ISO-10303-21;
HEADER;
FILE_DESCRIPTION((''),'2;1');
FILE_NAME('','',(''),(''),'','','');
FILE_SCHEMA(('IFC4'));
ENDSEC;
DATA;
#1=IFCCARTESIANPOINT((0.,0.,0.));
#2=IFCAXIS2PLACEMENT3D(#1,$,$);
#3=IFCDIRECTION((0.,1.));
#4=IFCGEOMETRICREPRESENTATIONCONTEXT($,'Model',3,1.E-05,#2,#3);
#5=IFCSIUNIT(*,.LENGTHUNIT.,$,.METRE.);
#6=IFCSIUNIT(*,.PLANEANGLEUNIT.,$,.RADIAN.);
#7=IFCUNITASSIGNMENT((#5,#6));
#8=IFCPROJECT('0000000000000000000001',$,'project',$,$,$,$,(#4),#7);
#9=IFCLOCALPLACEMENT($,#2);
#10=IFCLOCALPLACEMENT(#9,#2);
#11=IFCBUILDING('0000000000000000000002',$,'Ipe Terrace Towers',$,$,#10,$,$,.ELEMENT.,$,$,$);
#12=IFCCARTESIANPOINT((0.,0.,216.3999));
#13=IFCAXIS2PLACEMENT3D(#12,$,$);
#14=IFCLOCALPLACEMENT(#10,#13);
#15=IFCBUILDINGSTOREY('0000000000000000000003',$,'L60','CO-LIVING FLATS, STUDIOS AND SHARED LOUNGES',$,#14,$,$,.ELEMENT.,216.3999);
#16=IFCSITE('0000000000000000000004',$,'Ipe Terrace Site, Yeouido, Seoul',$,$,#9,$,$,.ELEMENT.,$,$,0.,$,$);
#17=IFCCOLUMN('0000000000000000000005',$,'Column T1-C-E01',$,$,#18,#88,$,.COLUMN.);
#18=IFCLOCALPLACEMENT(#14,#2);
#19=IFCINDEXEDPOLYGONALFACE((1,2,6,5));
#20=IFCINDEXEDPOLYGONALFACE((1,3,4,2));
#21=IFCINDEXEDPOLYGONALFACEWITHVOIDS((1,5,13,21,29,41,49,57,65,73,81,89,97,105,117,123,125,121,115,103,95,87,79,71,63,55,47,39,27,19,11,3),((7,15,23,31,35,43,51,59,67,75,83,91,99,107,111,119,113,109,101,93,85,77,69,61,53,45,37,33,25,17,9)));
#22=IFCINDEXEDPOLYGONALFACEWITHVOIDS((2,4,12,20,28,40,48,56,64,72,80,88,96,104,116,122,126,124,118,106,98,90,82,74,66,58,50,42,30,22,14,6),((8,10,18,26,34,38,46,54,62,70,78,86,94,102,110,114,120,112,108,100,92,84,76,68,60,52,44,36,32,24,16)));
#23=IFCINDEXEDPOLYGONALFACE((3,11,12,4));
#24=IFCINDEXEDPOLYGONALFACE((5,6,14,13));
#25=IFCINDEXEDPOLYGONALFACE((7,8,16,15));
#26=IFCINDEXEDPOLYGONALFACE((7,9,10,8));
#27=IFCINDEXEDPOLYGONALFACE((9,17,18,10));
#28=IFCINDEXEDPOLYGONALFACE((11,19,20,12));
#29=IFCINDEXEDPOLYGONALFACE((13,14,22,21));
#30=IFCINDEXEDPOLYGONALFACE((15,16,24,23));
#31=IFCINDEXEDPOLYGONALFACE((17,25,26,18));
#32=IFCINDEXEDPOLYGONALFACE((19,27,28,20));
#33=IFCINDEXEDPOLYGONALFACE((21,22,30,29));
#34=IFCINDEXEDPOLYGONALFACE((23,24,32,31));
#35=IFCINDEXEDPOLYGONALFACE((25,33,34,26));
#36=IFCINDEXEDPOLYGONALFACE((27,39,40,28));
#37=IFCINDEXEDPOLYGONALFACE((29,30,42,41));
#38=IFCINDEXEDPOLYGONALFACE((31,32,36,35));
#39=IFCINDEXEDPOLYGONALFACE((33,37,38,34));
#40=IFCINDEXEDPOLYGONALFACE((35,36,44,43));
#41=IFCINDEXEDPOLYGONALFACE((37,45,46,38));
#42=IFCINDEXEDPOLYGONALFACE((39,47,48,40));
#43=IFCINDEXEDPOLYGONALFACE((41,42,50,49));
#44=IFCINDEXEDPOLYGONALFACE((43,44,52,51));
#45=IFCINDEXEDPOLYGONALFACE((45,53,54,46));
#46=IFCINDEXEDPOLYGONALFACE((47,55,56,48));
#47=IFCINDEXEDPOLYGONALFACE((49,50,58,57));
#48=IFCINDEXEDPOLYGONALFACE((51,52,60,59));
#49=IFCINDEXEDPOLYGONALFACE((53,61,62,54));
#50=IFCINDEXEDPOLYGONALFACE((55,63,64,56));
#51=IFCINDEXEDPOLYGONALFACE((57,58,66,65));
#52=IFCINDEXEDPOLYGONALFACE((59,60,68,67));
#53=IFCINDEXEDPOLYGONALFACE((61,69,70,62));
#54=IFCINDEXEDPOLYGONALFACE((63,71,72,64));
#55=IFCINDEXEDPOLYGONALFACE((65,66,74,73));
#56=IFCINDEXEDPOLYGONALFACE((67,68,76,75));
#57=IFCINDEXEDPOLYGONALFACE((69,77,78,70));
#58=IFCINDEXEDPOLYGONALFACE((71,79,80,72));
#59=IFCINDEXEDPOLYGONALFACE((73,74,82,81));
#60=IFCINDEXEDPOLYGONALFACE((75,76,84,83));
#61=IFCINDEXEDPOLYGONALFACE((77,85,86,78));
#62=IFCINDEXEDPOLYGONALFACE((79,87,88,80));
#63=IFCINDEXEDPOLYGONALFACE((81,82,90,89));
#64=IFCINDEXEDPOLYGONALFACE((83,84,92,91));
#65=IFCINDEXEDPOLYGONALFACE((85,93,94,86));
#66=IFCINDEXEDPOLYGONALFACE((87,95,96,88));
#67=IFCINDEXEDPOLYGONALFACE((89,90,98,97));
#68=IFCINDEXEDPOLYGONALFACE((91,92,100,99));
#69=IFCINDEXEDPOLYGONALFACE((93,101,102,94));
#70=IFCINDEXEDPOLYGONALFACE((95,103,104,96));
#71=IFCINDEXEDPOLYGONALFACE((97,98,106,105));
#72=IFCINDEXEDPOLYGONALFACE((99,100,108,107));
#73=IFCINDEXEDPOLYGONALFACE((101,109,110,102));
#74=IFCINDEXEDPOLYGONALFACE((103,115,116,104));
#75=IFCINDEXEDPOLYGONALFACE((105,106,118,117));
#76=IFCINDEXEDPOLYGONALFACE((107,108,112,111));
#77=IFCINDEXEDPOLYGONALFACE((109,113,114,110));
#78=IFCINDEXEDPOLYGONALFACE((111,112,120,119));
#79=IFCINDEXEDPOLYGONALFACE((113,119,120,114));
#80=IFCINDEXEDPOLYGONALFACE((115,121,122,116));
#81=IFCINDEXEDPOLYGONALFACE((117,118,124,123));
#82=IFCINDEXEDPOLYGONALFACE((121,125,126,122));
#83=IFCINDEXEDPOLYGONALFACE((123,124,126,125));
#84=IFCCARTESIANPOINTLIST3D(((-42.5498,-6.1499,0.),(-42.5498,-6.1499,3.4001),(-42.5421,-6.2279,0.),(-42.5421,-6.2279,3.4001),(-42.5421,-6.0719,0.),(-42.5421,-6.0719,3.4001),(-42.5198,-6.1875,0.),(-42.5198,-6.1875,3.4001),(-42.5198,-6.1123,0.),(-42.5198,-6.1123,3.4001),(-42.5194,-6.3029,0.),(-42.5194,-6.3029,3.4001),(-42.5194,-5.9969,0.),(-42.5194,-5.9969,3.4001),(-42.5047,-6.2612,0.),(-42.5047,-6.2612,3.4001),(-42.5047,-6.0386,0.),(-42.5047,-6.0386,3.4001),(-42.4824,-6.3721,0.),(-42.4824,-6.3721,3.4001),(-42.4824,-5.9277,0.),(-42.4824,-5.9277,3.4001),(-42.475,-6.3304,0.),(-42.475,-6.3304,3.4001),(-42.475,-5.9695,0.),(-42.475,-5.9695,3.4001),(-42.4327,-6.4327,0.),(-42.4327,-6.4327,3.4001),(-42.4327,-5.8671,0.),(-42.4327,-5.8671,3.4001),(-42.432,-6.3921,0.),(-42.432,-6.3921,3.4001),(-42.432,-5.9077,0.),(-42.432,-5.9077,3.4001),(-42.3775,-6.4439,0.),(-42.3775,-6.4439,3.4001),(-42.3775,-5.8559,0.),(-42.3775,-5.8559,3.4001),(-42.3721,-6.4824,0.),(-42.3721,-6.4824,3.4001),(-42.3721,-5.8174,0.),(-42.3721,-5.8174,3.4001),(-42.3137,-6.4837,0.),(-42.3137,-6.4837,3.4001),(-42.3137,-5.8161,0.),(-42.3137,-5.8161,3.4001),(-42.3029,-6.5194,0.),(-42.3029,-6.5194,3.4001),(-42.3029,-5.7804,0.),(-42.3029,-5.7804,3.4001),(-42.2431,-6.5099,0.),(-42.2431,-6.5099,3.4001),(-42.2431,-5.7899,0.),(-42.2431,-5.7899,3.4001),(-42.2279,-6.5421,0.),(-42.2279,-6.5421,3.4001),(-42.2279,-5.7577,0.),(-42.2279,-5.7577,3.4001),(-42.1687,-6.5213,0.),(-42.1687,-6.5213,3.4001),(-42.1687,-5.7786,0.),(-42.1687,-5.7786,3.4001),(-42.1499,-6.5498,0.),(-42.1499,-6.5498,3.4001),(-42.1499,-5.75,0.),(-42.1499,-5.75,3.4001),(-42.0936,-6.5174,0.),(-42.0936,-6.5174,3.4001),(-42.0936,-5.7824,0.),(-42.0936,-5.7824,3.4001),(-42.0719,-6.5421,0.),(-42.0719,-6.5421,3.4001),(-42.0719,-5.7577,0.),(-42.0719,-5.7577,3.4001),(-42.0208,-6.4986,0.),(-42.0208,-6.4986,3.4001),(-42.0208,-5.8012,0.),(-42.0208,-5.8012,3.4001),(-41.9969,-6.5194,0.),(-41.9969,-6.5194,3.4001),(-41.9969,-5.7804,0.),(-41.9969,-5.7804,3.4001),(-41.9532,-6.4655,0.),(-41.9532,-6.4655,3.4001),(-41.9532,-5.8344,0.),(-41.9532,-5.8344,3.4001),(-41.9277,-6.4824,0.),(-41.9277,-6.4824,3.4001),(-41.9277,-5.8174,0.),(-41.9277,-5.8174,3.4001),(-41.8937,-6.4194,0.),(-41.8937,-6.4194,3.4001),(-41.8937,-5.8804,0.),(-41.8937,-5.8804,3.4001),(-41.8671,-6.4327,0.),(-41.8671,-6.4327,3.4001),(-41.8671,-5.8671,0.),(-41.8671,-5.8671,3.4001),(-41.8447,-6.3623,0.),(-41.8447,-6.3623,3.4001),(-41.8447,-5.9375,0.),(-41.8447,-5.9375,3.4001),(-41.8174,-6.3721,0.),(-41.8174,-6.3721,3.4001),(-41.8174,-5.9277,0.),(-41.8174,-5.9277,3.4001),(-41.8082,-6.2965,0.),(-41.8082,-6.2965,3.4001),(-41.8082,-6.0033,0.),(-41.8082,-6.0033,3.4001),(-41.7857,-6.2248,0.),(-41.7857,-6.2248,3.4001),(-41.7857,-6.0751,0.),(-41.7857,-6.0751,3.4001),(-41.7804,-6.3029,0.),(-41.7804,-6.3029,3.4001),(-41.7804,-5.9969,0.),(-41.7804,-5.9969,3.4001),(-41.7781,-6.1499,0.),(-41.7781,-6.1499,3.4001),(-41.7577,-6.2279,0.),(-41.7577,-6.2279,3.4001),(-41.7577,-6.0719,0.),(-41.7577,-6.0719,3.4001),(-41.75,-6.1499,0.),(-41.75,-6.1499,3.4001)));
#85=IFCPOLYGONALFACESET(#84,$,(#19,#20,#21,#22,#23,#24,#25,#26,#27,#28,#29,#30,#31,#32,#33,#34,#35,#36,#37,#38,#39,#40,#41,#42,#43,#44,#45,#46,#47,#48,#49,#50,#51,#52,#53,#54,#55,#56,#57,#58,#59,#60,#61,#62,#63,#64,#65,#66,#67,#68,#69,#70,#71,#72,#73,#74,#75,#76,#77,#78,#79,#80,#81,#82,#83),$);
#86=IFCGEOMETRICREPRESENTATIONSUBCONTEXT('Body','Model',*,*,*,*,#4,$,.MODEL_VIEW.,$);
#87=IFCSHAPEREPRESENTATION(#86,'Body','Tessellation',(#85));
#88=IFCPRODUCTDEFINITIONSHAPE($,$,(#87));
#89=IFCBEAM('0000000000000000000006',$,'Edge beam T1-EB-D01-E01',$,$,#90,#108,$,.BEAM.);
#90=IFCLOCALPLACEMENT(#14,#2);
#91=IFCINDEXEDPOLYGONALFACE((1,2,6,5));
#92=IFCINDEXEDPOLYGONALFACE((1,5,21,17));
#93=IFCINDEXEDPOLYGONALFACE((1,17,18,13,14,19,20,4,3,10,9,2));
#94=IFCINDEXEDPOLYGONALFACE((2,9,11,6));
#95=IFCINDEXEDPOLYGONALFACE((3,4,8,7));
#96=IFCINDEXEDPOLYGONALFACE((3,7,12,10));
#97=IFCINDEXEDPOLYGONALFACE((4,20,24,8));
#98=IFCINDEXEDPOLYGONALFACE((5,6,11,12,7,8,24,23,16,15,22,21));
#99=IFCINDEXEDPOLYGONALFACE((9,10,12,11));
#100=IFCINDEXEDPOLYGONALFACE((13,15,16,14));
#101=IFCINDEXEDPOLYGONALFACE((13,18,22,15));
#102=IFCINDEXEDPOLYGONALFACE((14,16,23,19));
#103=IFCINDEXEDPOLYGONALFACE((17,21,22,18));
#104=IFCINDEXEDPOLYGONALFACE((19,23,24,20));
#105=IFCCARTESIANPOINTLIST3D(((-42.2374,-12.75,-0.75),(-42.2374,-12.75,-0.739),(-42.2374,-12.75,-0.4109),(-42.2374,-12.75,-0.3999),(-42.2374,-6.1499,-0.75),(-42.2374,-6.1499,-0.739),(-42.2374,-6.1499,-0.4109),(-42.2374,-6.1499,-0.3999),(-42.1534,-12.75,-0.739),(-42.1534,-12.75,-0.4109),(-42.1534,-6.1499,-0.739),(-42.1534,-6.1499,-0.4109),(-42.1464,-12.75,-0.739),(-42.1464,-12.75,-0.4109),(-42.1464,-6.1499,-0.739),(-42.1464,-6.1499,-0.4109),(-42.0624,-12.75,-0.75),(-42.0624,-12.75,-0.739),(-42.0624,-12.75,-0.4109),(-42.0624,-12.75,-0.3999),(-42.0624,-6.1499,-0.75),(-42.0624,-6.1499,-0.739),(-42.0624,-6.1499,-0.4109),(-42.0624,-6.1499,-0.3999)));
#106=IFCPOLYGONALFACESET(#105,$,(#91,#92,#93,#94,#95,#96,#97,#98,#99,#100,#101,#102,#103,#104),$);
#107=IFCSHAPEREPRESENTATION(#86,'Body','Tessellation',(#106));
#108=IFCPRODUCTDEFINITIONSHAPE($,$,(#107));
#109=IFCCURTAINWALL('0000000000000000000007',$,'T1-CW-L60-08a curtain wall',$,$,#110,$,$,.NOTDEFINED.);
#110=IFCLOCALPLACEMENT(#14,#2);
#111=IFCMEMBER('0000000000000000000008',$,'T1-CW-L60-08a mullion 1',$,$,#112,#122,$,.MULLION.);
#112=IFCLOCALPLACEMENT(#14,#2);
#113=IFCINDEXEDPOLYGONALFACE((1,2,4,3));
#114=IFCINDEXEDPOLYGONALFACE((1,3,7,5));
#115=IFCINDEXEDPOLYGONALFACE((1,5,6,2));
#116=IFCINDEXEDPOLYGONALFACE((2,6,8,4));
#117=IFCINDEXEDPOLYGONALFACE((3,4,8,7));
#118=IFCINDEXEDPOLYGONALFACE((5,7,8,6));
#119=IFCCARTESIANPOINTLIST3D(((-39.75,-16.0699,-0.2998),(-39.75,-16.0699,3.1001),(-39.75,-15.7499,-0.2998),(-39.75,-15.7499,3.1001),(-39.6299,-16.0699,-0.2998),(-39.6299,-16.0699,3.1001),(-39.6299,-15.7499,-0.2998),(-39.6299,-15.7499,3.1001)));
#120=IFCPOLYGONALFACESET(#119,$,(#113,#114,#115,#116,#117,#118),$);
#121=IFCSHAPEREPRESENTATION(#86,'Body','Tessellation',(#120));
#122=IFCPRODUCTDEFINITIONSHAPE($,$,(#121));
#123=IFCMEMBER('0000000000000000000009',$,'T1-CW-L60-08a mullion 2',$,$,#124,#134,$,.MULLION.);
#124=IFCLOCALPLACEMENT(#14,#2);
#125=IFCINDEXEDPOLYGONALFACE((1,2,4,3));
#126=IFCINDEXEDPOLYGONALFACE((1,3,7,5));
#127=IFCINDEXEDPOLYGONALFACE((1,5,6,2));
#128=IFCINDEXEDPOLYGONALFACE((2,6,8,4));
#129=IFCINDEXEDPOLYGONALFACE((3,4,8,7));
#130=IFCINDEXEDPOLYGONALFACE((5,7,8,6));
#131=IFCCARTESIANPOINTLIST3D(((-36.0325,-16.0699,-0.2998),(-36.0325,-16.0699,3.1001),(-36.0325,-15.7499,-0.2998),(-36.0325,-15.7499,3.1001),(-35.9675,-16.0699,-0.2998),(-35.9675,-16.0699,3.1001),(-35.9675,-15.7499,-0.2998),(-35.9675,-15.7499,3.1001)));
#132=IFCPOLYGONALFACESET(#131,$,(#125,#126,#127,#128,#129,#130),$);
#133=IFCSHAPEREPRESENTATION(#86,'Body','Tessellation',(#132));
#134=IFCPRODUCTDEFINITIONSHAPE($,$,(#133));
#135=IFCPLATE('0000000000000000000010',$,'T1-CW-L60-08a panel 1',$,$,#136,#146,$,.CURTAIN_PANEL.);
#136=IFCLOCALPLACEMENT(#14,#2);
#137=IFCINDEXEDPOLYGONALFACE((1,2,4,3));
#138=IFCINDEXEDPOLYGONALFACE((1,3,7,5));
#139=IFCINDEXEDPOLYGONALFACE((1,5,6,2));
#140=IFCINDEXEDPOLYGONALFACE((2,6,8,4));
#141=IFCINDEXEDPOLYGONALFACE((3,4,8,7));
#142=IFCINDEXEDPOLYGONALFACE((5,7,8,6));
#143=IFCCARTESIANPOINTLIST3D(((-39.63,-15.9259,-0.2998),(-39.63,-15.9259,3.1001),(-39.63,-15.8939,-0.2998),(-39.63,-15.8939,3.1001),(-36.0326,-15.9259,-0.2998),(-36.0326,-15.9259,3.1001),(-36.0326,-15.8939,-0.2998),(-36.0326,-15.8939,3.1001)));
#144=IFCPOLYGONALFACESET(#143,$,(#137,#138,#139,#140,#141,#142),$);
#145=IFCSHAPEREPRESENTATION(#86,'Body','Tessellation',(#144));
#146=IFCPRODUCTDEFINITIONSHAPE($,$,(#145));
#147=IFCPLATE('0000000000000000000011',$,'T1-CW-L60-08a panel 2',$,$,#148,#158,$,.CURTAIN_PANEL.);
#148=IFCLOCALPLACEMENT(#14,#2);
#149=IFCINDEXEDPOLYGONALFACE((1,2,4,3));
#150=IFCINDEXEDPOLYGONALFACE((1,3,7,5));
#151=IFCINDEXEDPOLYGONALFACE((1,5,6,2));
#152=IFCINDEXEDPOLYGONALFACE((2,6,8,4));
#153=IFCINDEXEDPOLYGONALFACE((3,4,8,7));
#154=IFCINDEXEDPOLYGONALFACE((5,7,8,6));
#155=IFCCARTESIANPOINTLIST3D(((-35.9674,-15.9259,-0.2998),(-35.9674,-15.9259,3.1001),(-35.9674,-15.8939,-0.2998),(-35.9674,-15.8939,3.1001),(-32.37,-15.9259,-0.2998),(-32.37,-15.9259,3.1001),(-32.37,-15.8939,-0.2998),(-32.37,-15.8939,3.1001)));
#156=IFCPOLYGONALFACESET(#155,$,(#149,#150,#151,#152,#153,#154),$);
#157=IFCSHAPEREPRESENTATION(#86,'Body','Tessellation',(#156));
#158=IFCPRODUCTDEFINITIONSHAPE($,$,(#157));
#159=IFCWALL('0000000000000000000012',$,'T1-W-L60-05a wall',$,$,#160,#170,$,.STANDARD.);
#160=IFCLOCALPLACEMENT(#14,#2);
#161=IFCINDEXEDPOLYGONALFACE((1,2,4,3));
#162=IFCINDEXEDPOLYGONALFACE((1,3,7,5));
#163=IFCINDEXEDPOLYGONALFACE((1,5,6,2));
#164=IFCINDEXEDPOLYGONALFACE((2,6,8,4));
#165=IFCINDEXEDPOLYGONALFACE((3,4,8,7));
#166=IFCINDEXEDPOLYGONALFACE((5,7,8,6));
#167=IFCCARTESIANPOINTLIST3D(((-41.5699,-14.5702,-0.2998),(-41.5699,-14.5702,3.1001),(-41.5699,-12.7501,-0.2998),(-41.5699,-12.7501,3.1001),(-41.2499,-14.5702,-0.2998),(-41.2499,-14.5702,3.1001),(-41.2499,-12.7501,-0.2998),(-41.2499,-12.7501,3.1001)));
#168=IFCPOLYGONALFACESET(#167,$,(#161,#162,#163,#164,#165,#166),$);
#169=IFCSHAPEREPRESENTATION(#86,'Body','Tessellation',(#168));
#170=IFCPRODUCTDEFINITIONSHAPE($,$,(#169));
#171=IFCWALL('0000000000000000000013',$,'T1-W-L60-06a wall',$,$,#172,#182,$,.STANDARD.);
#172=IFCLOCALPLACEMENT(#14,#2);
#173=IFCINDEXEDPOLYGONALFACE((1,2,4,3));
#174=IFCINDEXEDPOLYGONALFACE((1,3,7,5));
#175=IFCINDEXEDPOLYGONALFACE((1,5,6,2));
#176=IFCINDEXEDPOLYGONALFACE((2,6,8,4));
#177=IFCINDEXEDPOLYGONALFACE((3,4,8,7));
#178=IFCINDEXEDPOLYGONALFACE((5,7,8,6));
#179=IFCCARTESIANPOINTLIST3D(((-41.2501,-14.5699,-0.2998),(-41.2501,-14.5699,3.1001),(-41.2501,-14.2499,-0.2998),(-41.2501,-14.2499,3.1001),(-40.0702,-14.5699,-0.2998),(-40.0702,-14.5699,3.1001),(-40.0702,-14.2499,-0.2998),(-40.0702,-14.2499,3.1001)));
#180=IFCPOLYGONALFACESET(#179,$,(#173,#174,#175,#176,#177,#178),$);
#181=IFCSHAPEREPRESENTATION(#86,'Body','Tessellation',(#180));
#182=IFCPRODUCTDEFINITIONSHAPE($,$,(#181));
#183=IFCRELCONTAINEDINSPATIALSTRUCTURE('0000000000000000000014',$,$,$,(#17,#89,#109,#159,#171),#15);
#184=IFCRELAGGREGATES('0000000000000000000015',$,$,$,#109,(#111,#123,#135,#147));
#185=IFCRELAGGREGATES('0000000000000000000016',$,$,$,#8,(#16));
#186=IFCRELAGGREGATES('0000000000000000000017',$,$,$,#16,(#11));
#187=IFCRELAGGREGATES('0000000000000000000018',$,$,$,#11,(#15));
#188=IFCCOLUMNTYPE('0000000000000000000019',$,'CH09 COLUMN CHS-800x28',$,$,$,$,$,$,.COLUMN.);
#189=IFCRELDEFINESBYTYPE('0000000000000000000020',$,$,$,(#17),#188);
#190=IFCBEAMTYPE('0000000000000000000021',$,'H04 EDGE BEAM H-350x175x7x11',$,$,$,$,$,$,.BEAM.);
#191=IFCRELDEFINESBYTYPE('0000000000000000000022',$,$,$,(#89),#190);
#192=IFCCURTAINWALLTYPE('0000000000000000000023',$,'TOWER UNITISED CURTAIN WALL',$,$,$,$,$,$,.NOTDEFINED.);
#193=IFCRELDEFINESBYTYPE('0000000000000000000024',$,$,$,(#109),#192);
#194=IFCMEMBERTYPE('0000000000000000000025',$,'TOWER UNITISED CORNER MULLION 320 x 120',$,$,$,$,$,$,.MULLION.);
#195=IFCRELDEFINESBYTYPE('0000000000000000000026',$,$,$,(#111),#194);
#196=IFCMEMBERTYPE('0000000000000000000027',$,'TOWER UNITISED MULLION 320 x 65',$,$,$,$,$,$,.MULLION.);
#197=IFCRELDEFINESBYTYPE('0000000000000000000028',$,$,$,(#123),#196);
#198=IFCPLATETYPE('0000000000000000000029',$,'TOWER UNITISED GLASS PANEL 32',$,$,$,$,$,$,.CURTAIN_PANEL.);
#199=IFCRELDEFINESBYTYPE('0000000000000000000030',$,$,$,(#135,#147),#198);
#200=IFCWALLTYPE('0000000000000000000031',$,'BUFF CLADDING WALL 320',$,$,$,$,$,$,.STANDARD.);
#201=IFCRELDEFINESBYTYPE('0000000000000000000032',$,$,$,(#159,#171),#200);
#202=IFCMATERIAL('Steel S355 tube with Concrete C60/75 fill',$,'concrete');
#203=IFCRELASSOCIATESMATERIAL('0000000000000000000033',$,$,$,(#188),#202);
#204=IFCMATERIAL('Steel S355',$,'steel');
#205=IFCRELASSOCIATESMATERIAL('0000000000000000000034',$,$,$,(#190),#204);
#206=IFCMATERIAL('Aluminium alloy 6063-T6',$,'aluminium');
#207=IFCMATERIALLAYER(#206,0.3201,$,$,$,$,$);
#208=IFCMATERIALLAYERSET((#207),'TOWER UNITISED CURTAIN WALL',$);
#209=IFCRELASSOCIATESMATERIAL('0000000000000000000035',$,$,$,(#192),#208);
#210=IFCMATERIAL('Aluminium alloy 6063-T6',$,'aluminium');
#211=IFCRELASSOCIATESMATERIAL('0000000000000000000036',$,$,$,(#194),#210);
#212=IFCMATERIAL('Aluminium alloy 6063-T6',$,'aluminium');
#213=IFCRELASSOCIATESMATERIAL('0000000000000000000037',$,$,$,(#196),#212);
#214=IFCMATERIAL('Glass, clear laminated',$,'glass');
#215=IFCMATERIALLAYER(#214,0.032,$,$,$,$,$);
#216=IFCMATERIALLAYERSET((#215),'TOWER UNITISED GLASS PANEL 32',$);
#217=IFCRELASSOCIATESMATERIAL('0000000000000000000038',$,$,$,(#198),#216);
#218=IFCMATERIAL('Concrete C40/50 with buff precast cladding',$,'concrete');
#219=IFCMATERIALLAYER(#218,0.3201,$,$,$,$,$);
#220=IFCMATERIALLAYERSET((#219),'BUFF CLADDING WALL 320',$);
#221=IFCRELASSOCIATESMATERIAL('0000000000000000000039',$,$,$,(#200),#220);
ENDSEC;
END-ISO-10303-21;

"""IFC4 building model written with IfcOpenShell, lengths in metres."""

from ifc_helpers import new_model, si_unit, direction, frame, frame_2d, origin, origin_2d, place, context, subcontext, project, spatial, rectangle, hollow_circle, i_section, extrude, material, layer, layer_set, material_profile, profile_set, type_object, element, aggregate, save


model = new_model("IFC4")

# Units and contexts
model_context = context("Model", 3, precision=1e-05, world=origin(), true_north=direction((0.0, 1.0)))
body_context = subcontext(model_context, "Body", "Model", "MODEL_VIEW")
ifc_project = project(units=[si_unit("LENGTHUNIT", "METRE"), si_unit("PLANEANGLEUNIT", "RADIAN")], contexts=[model_context])

# Site, building, storey
site_placement = place(None, origin())
site = spatial("IfcSite", under=ifc_project, at=site_placement, Name="Ipe Terrace Site, Yeouido, Seoul", CompositionType="ELEMENT", RefElevation=0.0)
building_placement = place(site_placement, origin())
building = spatial("IfcBuilding", under=site, at=building_placement, Name="Ipe Terrace Towers", CompositionType="ELEMENT")
storey_placement = place(building_placement, frame((0.0, 0.0, 216.3999)))
storey = spatial("IfcBuildingStorey", under=building, at=storey_placement, Name="L60", Description="CO-LIVING FLATS, STUDIOS AND SHARED LOUNGES", CompositionType="ELEMENT", Elevation=216.3999)

# Column
ifc_material_1 = material(Name="Steel S355 tube with Concrete C60/75 fill", Category="concrete")
ifc_material_profile_1 = material_profile(ifc_material_1, hollow_circle(Radius=0.3999, WallThickness=0.0281, at=origin_2d()), Name="CHS-800x28")
ifc_profile_set_1 = profile_set([ifc_material_profile_1], Name="Steel S355 tube with Concrete C60/75 fill")
column_type = type_object("IfcColumnType", Name="CH09 COLUMN CHS-800x28", PredefinedType="COLUMN", material=ifc_profile_set_1)
column_placement = place(storey_placement, frame((-42.1499, -6.1499, 0.0), z_axis=(0.0, 0.0, 1.0), x_axis=(1.0, 0.0, 0.0)))
element("IfcColumn", 1, at=column_placement, inside=storey, type_object=column_type, Name="Column T1-C-E01", PredefinedType="COLUMN", context=body_context, shape_type="SweptSolid", body=[
    extrude(hollow_circle(Radius=0.3999, WallThickness=0.0281, at=origin_2d()), origin(), (0.0, 0.0, 1.0), 3.4001),
])

# Beam
ifc_material_2 = material(Name="Steel S355", Category="steel")
ifc_material_profile_2 = material_profile(ifc_material_2, i_section(OverallWidth=0.175, OverallDepth=0.3501, WebThickness=0.0071, FlangeThickness=0.011, at=origin_2d()), Name="H-350x175x7x11")
ifc_profile_set_2 = profile_set([ifc_material_profile_2], Name="Steel S355")
beam_type = type_object("IfcBeamType", Name="H04 EDGE BEAM H-350x175x7x11", PredefinedType="BEAM", material=ifc_profile_set_2)
beam_placement = place(storey_placement, frame((-42.1499, -12.75, -0.575), z_axis=(0.0, 1.0, 0.0), x_axis=(-1.0, 0.0, 0.0)))
element("IfcBeam", 2, at=beam_placement, inside=storey, type_object=beam_type, Name="Edge beam T1-EB-D01-E01", PredefinedType="BEAM", context=body_context, shape_type="SweptSolid", body=[
    extrude(i_section(OverallWidth=0.175, OverallDepth=0.3501, WebThickness=0.0071, FlangeThickness=0.011, at=origin_2d()), origin(), (0.0, 0.0, 1.0), 6.6001),
])

# Curtain wall, members, plates
ifc_material_3 = material(Name="Aluminium alloy 6063-T6", Category="aluminium")
ifc_layer_1 = layer(ifc_material_3, 0.3201)
ifc_layer_set_1 = layer_set([ifc_layer_1], Name="TOWER UNITISED CURTAIN WALL")
curtain_wall_type = type_object("IfcCurtainWallType", Name="TOWER UNITISED CURTAIN WALL", PredefinedType="NOTDEFINED", material=ifc_layer_set_1)
curtain_wall_placement = place(storey_placement, origin())
curtain_wall = element("IfcCurtainWall", 3, at=curtain_wall_placement, inside=storey, type_object=curtain_wall_type, Name="T1-CW-L60-08a curtain wall", PredefinedType="NOTDEFINED")
ifc_material_4 = material(Name="Aluminium alloy 6063-T6", Category="aluminium")
ifc_material_profile_3 = material_profile(ifc_material_4, rectangle(XDim=0.3201, YDim=0.1201, at=origin_2d()), Name="TOWER UNITISED CORNER MULLION 320 x 120")
ifc_profile_set_3 = profile_set([ifc_material_profile_3], Name="Aluminium alloy 6063-T6")
member_type_1 = type_object("IfcMemberType", Name="TOWER UNITISED CORNER MULLION 320 x 120", PredefinedType="MULLION", material=ifc_profile_set_3)
member_1_placement = place(storey_placement, frame((-39.6899, -15.9099, -0.2998), z_axis=(0.0, 0.0, 1.0), x_axis=(0.0, -1.0, 0.0)))
member_1 = element("IfcMember", 4, at=member_1_placement, type_object=member_type_1, Name="T1-CW-L60-08a mullion 1", PredefinedType="MULLION", context=body_context, shape_type="SweptSolid", body=[
    extrude(rectangle(XDim=0.3201, YDim=0.1201, at=origin_2d()), origin(), (0.0, 0.0, 1.0), 3.3999),
])
ifc_material_5 = material(Name="Aluminium alloy 6063-T6", Category="aluminium")
ifc_material_profile_4 = material_profile(ifc_material_5, rectangle(XDim=0.3201, YDim=0.0649, at=origin_2d()), Name="TOWER UNITISED MULLION 320 x 65")
ifc_profile_set_4 = profile_set([ifc_material_profile_4], Name="Aluminium alloy 6063-T6")
member_type_2 = type_object("IfcMemberType", Name="TOWER UNITISED MULLION 320 x 65", PredefinedType="MULLION", material=ifc_profile_set_4)
member_2_placement = place(storey_placement, frame((-36.0, -15.9099, -0.2998), z_axis=(0.0, 0.0, 1.0), x_axis=(0.0, -1.0, 0.0)))
member_2 = element("IfcMember", 5, at=member_2_placement, type_object=member_type_2, Name="T1-CW-L60-08a mullion 2", PredefinedType="MULLION", context=body_context, shape_type="SweptSolid", body=[
    extrude(rectangle(XDim=0.3201, YDim=0.0649, at=origin_2d()), origin(), (0.0, 0.0, 1.0), 3.3999),
])
ifc_material_6 = material(Name="Glass, clear laminated", Category="glass")
ifc_layer_2 = layer(ifc_material_6, 0.032)
ifc_layer_set_2 = layer_set([ifc_layer_2], Name="TOWER UNITISED GLASS PANEL 32")
plate_type = type_object("IfcPlateType", Name="TOWER UNITISED GLASS PANEL 32", PredefinedType="CURTAIN_PANEL", material=ifc_layer_set_2)
plate_1_placement = place(storey_placement, frame((-37.8313, -15.9099, -0.2998), z_axis=(0.0, 0.0, 1.0), x_axis=(1.0, 0.0, 0.0)))
plate_1 = element("IfcPlate", 6, at=plate_1_placement, type_object=plate_type, Name="T1-CW-L60-08a panel 1", PredefinedType="CURTAIN_PANEL", context=body_context, shape_type="SweptSolid", body=[
    extrude(rectangle(XDim=3.5974, YDim=0.032, at=origin_2d()), origin(), (0.0, 0.0, 1.0), 3.3999),
])
plate_2_placement = place(storey_placement, frame((-34.1687, -15.9099, -0.2998), z_axis=(0.0, 0.0, 1.0), x_axis=(1.0, 0.0, 0.0)))
plate_2 = element("IfcPlate", 7, at=plate_2_placement, type_object=plate_type, Name="T1-CW-L60-08a panel 2", PredefinedType="CURTAIN_PANEL", context=body_context, shape_type="SweptSolid", body=[
    extrude(rectangle(XDim=3.5974, YDim=0.032, at=origin_2d()), origin(), (0.0, 0.0, 1.0), 3.3999),
])
aggregate(curtain_wall, [member_1, member_2, plate_1, plate_2])

# Walls
ifc_material_7 = material(Name="Concrete C40/50 with buff precast cladding", Category="concrete")
ifc_layer_3 = layer(ifc_material_7, 0.3201)
ifc_layer_set_3 = layer_set([ifc_layer_3], Name="BUFF CLADDING WALL 320")
wall_type_1 = type_object("IfcWallType", Name="BUFF CLADDING WALL 320", PredefinedType="STANDARD", material=ifc_layer_set_3)
wall_1_placement = place(storey_placement, frame((-41.4099, -12.75, -0.2998), z_axis=(0.0, 0.0, 1.0), x_axis=(0.0, -1.0, 0.0)))
element("IfcWall", 8, at=wall_1_placement, inside=storey, type_object=wall_type_1, Name="T1-W-L60-05a wall", PredefinedType="STANDARD", context=body_context, shape_type="SweptSolid", body=[
    extrude(rectangle(XDim=1.8201, YDim=0.3201, at=frame_2d((0.9102, 0.0))), origin(), (0.0, 0.0, 1.0), 3.3999),
])
wall_2_placement = place(storey_placement, frame((-41.25, -14.4099, -0.2998), z_axis=(0.0, 0.0, 1.0), x_axis=(1.0, 0.0, 0.0)))
element("IfcWall", 9, at=wall_2_placement, inside=storey, type_object=wall_type_1, Name="T1-W-L60-06a wall", PredefinedType="STANDARD", context=body_context, shape_type="SweptSolid", body=[
    extrude(rectangle(XDim=1.1799, YDim=0.3201, at=frame_2d((0.5898, 0.0))), origin(), (0.0, 0.0, 1.0), 3.3999),
])

save(model, "model.ifc")
